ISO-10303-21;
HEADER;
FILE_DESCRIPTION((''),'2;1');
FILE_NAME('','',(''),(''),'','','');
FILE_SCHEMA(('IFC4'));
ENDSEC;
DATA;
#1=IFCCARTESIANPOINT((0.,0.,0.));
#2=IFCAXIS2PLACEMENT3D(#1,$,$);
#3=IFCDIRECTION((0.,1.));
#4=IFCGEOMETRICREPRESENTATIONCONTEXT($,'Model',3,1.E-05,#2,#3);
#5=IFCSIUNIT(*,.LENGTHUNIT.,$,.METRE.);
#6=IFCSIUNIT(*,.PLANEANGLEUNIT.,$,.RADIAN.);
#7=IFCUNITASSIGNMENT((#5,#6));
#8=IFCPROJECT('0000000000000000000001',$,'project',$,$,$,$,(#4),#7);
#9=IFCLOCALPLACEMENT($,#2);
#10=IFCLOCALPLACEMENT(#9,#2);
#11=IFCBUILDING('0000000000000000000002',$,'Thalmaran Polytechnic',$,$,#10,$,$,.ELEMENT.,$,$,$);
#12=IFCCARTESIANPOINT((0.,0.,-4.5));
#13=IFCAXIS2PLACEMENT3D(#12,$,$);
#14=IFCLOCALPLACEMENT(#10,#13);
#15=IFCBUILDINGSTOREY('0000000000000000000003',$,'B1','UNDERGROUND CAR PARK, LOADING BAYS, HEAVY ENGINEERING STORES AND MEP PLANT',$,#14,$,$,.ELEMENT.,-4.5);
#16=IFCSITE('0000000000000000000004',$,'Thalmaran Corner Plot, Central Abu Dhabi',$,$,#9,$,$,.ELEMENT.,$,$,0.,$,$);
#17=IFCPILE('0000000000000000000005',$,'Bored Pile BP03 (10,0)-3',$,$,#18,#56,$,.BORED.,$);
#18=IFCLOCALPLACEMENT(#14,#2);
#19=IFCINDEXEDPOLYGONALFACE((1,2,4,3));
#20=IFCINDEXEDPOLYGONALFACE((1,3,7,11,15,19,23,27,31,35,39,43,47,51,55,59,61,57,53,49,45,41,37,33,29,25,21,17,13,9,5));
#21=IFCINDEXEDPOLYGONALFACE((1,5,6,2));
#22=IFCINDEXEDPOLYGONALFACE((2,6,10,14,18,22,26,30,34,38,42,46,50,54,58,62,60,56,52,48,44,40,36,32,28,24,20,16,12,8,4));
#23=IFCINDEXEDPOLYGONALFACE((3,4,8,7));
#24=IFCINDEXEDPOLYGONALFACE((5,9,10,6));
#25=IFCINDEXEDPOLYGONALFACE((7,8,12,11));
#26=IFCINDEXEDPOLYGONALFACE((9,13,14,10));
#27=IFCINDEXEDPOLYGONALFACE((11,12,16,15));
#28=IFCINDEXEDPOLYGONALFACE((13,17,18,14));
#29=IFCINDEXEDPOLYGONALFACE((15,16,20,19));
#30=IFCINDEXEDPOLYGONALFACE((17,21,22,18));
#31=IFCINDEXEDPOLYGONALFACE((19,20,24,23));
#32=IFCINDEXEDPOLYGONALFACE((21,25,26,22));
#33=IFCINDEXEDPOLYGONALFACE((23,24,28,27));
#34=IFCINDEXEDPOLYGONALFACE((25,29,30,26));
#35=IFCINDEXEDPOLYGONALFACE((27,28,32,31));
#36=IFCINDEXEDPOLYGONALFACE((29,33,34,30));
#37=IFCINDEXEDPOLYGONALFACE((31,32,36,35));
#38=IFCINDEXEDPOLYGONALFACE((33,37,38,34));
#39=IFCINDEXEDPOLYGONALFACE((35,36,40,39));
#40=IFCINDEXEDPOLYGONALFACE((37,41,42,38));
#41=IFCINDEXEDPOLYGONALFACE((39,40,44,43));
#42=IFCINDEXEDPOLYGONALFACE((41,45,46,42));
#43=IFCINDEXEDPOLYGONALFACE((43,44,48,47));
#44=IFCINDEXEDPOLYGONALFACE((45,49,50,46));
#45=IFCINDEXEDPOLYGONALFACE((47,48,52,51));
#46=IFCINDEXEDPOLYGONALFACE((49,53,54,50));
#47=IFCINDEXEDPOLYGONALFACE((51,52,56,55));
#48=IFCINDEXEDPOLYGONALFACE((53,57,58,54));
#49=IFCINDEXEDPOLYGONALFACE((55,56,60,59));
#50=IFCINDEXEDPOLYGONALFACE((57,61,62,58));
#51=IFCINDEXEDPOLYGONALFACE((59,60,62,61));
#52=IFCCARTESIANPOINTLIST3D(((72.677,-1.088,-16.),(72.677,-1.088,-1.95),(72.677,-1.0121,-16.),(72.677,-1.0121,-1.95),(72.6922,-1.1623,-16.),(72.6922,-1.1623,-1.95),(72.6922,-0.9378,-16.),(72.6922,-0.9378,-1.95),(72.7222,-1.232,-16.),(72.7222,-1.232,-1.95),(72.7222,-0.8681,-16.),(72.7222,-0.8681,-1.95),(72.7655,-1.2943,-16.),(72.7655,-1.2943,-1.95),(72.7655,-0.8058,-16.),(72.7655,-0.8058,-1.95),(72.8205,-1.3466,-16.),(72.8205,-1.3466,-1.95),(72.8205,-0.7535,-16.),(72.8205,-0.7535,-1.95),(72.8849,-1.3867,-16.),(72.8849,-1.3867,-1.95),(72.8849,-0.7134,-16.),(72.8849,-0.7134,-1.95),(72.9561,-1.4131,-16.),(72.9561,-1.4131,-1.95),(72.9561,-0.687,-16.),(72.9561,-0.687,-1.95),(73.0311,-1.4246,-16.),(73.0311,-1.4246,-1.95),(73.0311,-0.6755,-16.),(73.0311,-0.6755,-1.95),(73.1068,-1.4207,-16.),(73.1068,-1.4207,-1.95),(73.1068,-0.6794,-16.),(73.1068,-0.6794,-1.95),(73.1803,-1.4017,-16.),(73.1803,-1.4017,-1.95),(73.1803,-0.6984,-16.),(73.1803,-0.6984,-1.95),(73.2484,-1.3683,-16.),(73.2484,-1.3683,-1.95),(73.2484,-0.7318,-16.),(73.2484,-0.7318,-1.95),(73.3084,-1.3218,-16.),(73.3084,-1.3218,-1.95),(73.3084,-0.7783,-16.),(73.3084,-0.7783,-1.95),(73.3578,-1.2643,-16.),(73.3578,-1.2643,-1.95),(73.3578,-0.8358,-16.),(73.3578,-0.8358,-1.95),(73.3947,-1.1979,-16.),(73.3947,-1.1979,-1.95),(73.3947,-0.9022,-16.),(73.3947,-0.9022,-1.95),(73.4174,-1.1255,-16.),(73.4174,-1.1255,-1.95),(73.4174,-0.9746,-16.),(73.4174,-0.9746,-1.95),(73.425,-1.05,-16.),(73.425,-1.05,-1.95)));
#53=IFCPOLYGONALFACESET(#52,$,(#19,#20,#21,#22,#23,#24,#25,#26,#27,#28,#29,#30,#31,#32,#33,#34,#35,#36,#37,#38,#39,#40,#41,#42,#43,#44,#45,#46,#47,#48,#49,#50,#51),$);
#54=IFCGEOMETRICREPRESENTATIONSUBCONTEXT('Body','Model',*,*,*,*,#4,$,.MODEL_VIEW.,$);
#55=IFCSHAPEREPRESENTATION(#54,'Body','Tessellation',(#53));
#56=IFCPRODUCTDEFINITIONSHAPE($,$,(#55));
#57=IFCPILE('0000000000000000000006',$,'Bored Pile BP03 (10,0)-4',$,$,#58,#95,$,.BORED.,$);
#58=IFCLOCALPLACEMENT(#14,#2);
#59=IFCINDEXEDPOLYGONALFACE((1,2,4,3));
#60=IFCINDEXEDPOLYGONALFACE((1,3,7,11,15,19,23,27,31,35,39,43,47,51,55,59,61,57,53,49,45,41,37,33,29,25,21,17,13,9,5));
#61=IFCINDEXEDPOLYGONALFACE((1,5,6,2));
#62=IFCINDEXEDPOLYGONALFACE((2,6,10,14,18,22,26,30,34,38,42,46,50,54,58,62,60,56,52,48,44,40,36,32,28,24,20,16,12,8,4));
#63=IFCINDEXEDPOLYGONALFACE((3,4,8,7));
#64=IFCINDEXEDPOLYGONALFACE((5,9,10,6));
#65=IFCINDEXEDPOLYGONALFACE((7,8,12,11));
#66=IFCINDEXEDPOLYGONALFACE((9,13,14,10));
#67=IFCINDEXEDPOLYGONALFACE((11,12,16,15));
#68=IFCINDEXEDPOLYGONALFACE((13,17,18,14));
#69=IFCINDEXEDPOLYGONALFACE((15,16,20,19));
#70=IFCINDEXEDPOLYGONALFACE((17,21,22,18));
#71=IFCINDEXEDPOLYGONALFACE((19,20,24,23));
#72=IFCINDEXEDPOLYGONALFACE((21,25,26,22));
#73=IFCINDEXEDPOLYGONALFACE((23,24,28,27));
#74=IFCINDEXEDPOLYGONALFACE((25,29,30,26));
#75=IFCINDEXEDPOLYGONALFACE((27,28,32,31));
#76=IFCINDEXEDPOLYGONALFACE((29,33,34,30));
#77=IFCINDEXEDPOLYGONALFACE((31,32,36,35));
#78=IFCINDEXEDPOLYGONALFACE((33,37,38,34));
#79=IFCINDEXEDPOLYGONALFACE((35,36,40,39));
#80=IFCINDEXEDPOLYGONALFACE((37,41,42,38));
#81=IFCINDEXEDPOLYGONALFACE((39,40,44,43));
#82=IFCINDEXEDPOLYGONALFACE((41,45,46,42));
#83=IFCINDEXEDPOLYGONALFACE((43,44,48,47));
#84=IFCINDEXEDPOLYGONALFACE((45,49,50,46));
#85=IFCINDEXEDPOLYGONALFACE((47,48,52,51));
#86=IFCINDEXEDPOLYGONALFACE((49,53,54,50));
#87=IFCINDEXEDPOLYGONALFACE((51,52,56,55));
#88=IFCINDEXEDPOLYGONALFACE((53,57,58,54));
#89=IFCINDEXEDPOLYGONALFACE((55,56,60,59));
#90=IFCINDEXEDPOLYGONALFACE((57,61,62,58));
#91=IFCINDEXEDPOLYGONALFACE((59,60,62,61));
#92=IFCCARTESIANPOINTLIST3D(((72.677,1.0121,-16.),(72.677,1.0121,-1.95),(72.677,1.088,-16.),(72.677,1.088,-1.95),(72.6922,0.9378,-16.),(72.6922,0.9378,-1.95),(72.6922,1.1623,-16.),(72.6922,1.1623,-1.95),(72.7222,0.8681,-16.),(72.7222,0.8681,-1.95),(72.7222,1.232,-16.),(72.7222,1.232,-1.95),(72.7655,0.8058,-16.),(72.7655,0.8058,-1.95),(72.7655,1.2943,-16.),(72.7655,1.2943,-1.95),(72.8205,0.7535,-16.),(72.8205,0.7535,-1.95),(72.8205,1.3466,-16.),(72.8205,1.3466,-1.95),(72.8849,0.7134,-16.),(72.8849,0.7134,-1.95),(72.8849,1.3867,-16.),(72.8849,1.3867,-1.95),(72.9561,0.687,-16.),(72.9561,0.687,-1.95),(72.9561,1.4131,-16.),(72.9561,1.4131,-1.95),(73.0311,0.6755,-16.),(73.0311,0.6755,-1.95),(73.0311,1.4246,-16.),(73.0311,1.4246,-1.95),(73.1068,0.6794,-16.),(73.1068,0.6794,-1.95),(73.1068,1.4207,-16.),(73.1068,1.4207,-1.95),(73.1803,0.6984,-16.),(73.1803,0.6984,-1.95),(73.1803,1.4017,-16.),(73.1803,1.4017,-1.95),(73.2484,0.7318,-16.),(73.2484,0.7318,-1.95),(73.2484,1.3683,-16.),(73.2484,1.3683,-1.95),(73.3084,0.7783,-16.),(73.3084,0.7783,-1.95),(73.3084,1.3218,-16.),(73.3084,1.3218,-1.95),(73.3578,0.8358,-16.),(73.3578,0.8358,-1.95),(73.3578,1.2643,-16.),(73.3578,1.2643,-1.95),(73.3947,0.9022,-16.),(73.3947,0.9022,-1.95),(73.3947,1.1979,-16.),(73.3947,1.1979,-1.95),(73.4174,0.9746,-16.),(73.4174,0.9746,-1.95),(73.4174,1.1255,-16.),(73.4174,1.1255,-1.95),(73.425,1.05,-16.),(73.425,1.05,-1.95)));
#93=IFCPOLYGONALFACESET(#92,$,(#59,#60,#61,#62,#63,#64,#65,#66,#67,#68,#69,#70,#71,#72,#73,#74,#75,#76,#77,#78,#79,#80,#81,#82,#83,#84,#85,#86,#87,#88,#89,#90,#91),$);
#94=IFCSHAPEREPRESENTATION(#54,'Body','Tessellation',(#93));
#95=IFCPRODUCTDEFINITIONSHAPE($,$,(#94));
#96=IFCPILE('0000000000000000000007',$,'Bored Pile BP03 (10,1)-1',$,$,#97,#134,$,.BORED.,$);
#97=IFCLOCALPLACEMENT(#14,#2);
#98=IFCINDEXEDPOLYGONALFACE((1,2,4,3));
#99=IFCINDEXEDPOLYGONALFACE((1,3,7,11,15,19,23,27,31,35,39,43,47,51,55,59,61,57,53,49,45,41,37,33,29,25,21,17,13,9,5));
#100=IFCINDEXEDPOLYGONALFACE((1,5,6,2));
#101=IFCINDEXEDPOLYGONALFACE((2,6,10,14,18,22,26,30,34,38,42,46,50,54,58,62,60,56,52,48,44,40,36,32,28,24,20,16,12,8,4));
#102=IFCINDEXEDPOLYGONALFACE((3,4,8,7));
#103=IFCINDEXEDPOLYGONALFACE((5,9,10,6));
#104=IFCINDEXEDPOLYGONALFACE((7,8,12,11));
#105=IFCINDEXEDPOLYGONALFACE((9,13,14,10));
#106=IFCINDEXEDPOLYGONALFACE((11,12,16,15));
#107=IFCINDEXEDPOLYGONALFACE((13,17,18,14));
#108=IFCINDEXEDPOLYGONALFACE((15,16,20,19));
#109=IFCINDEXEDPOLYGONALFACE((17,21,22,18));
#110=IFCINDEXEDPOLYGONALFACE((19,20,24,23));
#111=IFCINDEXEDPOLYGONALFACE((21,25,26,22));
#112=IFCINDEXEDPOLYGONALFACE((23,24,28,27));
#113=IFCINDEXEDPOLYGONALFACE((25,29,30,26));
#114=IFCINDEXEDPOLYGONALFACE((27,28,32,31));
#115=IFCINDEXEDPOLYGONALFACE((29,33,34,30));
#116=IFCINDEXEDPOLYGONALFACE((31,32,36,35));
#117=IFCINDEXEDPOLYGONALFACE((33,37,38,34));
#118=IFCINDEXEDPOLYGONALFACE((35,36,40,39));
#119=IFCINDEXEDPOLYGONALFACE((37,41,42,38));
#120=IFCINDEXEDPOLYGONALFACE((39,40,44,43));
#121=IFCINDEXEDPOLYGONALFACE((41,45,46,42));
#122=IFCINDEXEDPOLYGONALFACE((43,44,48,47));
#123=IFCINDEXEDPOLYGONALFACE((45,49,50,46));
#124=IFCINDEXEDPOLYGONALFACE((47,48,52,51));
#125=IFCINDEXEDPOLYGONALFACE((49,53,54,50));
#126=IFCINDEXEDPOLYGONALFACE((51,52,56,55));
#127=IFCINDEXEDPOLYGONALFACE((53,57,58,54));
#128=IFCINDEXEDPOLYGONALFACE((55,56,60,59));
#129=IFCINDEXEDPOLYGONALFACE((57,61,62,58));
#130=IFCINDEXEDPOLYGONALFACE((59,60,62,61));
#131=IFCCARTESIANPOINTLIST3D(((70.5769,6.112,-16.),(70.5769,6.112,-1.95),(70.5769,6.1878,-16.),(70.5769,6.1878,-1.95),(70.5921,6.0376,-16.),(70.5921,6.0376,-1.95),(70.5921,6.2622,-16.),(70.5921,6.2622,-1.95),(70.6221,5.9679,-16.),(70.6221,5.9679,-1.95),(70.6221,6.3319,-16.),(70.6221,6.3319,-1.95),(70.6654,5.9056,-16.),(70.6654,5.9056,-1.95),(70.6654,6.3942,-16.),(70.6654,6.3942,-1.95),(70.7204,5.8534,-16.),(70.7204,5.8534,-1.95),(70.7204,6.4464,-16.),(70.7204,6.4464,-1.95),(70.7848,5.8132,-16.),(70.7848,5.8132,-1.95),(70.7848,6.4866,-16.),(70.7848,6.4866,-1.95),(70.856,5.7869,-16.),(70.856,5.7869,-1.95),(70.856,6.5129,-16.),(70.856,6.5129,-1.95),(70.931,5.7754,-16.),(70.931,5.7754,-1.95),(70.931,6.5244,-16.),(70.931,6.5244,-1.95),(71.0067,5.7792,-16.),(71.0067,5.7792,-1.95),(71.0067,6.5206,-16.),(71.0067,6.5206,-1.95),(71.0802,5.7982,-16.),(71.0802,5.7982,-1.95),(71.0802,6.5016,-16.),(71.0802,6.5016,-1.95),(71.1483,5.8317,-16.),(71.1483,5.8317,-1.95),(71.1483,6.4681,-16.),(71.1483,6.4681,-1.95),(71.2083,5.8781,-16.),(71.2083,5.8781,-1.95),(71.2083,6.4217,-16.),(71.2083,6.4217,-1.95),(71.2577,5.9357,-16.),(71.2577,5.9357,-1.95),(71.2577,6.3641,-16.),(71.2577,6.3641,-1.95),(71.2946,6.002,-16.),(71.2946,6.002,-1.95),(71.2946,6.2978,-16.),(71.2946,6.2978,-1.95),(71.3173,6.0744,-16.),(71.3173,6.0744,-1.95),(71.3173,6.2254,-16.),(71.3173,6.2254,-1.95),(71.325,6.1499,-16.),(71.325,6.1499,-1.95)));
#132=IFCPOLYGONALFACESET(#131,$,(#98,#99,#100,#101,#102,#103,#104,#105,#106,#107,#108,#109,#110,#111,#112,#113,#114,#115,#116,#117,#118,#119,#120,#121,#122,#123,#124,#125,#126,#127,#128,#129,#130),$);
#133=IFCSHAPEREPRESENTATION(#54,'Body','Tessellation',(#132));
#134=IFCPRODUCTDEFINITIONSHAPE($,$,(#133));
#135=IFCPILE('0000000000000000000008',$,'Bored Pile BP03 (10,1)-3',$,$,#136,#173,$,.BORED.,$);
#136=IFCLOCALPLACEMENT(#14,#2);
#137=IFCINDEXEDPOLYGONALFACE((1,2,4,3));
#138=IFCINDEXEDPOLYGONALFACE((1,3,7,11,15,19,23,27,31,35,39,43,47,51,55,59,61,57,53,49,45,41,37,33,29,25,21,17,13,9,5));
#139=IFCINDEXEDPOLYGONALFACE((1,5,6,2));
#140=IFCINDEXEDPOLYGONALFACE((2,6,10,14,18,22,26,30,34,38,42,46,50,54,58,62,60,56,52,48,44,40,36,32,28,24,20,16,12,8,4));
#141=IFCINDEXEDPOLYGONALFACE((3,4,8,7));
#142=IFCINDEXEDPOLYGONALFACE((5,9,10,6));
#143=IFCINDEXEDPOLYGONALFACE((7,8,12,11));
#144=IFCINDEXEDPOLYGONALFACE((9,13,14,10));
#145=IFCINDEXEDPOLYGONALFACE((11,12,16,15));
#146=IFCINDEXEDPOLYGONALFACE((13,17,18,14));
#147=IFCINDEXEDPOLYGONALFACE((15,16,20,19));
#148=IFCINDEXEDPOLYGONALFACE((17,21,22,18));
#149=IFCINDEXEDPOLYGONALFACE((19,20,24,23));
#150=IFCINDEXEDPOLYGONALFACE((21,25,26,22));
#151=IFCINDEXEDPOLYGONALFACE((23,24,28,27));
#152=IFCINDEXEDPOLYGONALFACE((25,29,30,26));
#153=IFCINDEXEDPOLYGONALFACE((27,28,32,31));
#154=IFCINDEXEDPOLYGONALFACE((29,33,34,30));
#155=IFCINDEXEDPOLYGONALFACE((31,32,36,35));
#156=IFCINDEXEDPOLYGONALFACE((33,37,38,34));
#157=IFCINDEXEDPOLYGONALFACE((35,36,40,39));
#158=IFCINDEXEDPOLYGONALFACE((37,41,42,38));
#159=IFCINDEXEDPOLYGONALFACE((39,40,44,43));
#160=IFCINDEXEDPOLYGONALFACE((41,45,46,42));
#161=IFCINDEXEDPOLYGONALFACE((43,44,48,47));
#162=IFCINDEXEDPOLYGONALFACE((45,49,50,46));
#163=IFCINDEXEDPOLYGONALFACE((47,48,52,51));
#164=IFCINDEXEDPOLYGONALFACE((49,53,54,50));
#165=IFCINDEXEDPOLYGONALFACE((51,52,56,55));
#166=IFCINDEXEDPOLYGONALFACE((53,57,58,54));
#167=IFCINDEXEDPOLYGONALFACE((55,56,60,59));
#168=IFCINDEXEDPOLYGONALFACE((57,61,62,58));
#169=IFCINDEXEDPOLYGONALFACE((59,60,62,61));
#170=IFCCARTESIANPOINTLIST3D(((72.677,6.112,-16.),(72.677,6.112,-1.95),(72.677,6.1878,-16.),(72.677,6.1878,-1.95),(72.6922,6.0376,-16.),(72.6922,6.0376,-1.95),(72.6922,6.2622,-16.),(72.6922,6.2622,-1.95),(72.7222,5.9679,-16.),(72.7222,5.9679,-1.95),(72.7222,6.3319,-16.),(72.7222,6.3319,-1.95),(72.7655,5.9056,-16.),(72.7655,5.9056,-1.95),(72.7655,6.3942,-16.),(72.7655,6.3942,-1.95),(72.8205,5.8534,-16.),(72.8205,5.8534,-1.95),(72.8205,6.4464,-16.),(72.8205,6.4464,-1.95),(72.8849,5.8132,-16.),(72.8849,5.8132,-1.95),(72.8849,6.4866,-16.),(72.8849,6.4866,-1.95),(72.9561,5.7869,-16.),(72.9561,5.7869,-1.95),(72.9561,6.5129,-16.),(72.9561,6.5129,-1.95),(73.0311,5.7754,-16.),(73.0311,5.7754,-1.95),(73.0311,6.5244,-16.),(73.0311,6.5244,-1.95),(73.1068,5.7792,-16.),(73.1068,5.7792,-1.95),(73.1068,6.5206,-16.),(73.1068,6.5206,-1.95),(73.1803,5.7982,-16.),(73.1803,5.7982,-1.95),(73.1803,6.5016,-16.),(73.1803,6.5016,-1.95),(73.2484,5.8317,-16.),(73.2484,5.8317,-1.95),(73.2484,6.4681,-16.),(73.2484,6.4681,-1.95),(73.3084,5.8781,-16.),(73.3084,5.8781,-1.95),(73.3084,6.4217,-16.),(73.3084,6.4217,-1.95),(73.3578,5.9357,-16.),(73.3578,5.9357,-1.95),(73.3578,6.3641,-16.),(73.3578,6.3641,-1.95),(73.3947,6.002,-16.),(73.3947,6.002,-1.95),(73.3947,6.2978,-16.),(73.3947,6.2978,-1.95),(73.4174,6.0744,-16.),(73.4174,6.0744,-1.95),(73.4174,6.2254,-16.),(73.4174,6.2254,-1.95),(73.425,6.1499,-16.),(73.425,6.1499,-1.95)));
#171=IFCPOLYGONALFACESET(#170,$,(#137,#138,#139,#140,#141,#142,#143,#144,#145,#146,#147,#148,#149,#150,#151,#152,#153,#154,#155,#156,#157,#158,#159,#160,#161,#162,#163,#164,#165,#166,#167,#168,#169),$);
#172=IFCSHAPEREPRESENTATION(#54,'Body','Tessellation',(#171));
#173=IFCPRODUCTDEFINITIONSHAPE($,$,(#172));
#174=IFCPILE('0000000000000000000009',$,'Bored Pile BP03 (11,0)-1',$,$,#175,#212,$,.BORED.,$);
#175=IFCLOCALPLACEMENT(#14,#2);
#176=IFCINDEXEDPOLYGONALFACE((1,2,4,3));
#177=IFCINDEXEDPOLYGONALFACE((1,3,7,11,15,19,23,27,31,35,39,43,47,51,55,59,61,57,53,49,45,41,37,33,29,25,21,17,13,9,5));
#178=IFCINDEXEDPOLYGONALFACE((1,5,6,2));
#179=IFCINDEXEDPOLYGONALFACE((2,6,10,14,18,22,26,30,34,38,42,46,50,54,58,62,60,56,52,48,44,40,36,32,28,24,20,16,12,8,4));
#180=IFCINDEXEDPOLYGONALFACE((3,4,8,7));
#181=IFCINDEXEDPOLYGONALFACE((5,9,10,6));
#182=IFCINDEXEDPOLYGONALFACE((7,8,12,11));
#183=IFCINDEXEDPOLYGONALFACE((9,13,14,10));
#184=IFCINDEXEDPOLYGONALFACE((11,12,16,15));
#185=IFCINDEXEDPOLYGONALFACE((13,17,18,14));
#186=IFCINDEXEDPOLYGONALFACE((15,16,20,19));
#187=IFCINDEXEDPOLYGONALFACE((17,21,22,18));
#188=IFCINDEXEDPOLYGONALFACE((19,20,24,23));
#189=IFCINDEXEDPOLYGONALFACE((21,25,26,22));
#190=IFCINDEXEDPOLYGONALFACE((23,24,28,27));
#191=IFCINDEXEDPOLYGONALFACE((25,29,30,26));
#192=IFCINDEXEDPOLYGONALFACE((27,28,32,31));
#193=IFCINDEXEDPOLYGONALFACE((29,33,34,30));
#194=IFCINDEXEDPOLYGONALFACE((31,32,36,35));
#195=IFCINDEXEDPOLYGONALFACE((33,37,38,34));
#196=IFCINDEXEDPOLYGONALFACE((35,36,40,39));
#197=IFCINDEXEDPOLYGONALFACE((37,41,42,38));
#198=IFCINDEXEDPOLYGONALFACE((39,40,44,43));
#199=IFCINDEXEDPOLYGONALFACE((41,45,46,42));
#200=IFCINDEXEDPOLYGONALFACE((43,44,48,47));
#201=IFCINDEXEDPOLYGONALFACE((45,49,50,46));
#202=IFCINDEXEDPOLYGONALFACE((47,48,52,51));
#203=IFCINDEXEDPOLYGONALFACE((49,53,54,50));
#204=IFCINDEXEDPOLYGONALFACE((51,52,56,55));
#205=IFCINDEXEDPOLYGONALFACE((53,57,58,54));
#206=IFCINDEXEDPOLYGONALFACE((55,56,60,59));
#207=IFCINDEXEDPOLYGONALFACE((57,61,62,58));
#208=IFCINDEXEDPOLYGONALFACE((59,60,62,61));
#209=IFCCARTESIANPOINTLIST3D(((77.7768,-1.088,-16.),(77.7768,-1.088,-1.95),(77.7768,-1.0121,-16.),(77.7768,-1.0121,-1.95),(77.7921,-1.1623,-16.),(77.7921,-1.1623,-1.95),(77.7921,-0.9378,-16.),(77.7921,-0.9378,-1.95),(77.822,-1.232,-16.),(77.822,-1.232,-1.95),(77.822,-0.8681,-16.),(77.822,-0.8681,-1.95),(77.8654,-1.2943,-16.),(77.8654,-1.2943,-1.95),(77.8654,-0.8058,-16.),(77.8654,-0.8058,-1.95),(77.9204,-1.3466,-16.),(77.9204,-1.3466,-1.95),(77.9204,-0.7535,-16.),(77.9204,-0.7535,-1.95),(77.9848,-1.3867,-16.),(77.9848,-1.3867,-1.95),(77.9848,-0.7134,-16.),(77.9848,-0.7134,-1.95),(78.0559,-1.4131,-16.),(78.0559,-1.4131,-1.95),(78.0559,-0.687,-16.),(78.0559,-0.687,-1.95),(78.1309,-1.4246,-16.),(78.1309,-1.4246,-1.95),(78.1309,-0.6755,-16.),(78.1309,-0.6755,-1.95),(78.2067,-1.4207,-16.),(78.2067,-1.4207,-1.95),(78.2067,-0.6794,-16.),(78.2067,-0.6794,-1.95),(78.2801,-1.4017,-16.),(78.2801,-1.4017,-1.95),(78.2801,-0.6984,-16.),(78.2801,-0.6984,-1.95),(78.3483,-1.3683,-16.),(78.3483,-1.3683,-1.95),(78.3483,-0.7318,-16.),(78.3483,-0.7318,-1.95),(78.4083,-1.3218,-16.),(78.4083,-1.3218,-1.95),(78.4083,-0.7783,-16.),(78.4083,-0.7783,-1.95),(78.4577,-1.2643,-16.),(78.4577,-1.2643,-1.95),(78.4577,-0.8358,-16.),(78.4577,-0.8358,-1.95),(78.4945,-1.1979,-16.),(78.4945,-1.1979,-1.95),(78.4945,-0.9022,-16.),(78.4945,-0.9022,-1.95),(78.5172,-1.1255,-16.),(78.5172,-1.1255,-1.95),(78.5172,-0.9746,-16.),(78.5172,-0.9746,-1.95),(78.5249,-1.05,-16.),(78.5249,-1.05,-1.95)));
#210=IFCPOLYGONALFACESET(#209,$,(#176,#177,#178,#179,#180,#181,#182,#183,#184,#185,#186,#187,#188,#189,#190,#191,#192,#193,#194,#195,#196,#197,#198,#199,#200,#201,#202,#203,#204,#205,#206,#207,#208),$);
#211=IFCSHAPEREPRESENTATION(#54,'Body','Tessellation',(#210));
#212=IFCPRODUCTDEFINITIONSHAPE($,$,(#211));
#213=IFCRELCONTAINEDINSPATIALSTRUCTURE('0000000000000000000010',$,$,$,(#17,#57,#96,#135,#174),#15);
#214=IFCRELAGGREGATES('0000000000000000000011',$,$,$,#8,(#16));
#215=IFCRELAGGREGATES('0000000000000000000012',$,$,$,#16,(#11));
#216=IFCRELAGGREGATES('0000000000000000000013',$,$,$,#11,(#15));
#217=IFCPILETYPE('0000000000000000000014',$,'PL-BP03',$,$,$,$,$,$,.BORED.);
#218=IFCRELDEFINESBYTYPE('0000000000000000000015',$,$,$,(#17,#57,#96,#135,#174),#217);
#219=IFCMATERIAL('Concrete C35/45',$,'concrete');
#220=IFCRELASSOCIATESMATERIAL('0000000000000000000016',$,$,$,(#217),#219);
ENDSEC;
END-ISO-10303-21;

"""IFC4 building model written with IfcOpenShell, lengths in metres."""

from ifc_helpers import new_model, si_unit, direction, frame, origin, origin_2d, place, context, subcontext, project, spatial, circle, extrude, material, material_profile, profile_set, type_object, element, save


model = new_model("IFC4")

# Units and contexts
model_context = context("Model", 3, precision=1e-05, world=origin(), true_north=direction((0.0, 1.0)))
body_context = subcontext(model_context, "Body", "Model", "MODEL_VIEW")
ifc_project = project(units=[si_unit("LENGTHUNIT", "METRE"), si_unit("PLANEANGLEUNIT", "RADIAN")], contexts=[model_context])

# Site, building, storey
site_placement = place(None, origin())
site = spatial("IfcSite", under=ifc_project, at=site_placement, Name="Thalmaran Corner Plot, Central Abu Dhabi", CompositionType="ELEMENT", RefElevation=0.0)
building_placement = place(site_placement, origin())
building = spatial("IfcBuilding", under=site, at=building_placement, Name="Thalmaran Polytechnic", CompositionType="ELEMENT")
storey_placement = place(building_placement, frame((0.0, 0.0, -4.5)))
storey = spatial("IfcBuildingStorey", under=building, at=storey_placement, Name="B1", Description="UNDERGROUND CAR PARK, LOADING BAYS, HEAVY ENGINEERING STORES AND MEP PLANT", CompositionType="ELEMENT", Elevation=-4.5)

# Piles
ifc_material_1 = material(Name="Concrete C35/45", Category="concrete")
ifc_material_profile_1 = material_profile(ifc_material_1, circle(Radius=0.375, at=origin_2d()), Name="RC 750 DIA")
ifc_profile_set_1 = profile_set([ifc_material_profile_1], Name="Concrete C35/45")
pile_type = type_object("IfcPileType", Name="PL-BP03", PredefinedType="BORED", material=ifc_profile_set_1)
for number, where, z_axis, x_axis, name in (
    (1, (73.05, -1.05, -1.95), (0.0, 0.0, -1.0), (1.0, 0.0, 0.0), "Bored Pile BP03 (10,0)-3"),
    (2, (73.05, 1.05, -1.95), (0.0, 0.0, -1.0), (1.0, 0.0, 0.0), "Bored Pile BP03 (10,0)-4"),
    (3, (70.95, 6.1499, -1.95), (0.0, 0.0, -1.0), (1.0, 0.0, 0.0), "Bored Pile BP03 (10,1)-1"),
    (4, (73.05, 6.1499, -1.95), (0.0, 0.0, -1.0), (1.0, 0.0, 0.0), "Bored Pile BP03 (10,1)-3"),
    (5, (78.1499, -1.05, -1.95), (0.0, 0.0, -1.0), (1.0, 0.0, 0.0), "Bored Pile BP03 (11,0)-1"),
):
    element("IfcPile", number, at=place(storey_placement, frame(where, z_axis=z_axis, x_axis=x_axis)), inside=storey, type_object=pile_type, Name=name, PredefinedType="BORED", context=body_context, shape_type="SweptSolid", body=[
        extrude(circle(Radius=0.375, at=origin_2d()), origin(), (0.0, 0.0, 1.0), 14.05),
    ])

save(model, "model.ifc")
